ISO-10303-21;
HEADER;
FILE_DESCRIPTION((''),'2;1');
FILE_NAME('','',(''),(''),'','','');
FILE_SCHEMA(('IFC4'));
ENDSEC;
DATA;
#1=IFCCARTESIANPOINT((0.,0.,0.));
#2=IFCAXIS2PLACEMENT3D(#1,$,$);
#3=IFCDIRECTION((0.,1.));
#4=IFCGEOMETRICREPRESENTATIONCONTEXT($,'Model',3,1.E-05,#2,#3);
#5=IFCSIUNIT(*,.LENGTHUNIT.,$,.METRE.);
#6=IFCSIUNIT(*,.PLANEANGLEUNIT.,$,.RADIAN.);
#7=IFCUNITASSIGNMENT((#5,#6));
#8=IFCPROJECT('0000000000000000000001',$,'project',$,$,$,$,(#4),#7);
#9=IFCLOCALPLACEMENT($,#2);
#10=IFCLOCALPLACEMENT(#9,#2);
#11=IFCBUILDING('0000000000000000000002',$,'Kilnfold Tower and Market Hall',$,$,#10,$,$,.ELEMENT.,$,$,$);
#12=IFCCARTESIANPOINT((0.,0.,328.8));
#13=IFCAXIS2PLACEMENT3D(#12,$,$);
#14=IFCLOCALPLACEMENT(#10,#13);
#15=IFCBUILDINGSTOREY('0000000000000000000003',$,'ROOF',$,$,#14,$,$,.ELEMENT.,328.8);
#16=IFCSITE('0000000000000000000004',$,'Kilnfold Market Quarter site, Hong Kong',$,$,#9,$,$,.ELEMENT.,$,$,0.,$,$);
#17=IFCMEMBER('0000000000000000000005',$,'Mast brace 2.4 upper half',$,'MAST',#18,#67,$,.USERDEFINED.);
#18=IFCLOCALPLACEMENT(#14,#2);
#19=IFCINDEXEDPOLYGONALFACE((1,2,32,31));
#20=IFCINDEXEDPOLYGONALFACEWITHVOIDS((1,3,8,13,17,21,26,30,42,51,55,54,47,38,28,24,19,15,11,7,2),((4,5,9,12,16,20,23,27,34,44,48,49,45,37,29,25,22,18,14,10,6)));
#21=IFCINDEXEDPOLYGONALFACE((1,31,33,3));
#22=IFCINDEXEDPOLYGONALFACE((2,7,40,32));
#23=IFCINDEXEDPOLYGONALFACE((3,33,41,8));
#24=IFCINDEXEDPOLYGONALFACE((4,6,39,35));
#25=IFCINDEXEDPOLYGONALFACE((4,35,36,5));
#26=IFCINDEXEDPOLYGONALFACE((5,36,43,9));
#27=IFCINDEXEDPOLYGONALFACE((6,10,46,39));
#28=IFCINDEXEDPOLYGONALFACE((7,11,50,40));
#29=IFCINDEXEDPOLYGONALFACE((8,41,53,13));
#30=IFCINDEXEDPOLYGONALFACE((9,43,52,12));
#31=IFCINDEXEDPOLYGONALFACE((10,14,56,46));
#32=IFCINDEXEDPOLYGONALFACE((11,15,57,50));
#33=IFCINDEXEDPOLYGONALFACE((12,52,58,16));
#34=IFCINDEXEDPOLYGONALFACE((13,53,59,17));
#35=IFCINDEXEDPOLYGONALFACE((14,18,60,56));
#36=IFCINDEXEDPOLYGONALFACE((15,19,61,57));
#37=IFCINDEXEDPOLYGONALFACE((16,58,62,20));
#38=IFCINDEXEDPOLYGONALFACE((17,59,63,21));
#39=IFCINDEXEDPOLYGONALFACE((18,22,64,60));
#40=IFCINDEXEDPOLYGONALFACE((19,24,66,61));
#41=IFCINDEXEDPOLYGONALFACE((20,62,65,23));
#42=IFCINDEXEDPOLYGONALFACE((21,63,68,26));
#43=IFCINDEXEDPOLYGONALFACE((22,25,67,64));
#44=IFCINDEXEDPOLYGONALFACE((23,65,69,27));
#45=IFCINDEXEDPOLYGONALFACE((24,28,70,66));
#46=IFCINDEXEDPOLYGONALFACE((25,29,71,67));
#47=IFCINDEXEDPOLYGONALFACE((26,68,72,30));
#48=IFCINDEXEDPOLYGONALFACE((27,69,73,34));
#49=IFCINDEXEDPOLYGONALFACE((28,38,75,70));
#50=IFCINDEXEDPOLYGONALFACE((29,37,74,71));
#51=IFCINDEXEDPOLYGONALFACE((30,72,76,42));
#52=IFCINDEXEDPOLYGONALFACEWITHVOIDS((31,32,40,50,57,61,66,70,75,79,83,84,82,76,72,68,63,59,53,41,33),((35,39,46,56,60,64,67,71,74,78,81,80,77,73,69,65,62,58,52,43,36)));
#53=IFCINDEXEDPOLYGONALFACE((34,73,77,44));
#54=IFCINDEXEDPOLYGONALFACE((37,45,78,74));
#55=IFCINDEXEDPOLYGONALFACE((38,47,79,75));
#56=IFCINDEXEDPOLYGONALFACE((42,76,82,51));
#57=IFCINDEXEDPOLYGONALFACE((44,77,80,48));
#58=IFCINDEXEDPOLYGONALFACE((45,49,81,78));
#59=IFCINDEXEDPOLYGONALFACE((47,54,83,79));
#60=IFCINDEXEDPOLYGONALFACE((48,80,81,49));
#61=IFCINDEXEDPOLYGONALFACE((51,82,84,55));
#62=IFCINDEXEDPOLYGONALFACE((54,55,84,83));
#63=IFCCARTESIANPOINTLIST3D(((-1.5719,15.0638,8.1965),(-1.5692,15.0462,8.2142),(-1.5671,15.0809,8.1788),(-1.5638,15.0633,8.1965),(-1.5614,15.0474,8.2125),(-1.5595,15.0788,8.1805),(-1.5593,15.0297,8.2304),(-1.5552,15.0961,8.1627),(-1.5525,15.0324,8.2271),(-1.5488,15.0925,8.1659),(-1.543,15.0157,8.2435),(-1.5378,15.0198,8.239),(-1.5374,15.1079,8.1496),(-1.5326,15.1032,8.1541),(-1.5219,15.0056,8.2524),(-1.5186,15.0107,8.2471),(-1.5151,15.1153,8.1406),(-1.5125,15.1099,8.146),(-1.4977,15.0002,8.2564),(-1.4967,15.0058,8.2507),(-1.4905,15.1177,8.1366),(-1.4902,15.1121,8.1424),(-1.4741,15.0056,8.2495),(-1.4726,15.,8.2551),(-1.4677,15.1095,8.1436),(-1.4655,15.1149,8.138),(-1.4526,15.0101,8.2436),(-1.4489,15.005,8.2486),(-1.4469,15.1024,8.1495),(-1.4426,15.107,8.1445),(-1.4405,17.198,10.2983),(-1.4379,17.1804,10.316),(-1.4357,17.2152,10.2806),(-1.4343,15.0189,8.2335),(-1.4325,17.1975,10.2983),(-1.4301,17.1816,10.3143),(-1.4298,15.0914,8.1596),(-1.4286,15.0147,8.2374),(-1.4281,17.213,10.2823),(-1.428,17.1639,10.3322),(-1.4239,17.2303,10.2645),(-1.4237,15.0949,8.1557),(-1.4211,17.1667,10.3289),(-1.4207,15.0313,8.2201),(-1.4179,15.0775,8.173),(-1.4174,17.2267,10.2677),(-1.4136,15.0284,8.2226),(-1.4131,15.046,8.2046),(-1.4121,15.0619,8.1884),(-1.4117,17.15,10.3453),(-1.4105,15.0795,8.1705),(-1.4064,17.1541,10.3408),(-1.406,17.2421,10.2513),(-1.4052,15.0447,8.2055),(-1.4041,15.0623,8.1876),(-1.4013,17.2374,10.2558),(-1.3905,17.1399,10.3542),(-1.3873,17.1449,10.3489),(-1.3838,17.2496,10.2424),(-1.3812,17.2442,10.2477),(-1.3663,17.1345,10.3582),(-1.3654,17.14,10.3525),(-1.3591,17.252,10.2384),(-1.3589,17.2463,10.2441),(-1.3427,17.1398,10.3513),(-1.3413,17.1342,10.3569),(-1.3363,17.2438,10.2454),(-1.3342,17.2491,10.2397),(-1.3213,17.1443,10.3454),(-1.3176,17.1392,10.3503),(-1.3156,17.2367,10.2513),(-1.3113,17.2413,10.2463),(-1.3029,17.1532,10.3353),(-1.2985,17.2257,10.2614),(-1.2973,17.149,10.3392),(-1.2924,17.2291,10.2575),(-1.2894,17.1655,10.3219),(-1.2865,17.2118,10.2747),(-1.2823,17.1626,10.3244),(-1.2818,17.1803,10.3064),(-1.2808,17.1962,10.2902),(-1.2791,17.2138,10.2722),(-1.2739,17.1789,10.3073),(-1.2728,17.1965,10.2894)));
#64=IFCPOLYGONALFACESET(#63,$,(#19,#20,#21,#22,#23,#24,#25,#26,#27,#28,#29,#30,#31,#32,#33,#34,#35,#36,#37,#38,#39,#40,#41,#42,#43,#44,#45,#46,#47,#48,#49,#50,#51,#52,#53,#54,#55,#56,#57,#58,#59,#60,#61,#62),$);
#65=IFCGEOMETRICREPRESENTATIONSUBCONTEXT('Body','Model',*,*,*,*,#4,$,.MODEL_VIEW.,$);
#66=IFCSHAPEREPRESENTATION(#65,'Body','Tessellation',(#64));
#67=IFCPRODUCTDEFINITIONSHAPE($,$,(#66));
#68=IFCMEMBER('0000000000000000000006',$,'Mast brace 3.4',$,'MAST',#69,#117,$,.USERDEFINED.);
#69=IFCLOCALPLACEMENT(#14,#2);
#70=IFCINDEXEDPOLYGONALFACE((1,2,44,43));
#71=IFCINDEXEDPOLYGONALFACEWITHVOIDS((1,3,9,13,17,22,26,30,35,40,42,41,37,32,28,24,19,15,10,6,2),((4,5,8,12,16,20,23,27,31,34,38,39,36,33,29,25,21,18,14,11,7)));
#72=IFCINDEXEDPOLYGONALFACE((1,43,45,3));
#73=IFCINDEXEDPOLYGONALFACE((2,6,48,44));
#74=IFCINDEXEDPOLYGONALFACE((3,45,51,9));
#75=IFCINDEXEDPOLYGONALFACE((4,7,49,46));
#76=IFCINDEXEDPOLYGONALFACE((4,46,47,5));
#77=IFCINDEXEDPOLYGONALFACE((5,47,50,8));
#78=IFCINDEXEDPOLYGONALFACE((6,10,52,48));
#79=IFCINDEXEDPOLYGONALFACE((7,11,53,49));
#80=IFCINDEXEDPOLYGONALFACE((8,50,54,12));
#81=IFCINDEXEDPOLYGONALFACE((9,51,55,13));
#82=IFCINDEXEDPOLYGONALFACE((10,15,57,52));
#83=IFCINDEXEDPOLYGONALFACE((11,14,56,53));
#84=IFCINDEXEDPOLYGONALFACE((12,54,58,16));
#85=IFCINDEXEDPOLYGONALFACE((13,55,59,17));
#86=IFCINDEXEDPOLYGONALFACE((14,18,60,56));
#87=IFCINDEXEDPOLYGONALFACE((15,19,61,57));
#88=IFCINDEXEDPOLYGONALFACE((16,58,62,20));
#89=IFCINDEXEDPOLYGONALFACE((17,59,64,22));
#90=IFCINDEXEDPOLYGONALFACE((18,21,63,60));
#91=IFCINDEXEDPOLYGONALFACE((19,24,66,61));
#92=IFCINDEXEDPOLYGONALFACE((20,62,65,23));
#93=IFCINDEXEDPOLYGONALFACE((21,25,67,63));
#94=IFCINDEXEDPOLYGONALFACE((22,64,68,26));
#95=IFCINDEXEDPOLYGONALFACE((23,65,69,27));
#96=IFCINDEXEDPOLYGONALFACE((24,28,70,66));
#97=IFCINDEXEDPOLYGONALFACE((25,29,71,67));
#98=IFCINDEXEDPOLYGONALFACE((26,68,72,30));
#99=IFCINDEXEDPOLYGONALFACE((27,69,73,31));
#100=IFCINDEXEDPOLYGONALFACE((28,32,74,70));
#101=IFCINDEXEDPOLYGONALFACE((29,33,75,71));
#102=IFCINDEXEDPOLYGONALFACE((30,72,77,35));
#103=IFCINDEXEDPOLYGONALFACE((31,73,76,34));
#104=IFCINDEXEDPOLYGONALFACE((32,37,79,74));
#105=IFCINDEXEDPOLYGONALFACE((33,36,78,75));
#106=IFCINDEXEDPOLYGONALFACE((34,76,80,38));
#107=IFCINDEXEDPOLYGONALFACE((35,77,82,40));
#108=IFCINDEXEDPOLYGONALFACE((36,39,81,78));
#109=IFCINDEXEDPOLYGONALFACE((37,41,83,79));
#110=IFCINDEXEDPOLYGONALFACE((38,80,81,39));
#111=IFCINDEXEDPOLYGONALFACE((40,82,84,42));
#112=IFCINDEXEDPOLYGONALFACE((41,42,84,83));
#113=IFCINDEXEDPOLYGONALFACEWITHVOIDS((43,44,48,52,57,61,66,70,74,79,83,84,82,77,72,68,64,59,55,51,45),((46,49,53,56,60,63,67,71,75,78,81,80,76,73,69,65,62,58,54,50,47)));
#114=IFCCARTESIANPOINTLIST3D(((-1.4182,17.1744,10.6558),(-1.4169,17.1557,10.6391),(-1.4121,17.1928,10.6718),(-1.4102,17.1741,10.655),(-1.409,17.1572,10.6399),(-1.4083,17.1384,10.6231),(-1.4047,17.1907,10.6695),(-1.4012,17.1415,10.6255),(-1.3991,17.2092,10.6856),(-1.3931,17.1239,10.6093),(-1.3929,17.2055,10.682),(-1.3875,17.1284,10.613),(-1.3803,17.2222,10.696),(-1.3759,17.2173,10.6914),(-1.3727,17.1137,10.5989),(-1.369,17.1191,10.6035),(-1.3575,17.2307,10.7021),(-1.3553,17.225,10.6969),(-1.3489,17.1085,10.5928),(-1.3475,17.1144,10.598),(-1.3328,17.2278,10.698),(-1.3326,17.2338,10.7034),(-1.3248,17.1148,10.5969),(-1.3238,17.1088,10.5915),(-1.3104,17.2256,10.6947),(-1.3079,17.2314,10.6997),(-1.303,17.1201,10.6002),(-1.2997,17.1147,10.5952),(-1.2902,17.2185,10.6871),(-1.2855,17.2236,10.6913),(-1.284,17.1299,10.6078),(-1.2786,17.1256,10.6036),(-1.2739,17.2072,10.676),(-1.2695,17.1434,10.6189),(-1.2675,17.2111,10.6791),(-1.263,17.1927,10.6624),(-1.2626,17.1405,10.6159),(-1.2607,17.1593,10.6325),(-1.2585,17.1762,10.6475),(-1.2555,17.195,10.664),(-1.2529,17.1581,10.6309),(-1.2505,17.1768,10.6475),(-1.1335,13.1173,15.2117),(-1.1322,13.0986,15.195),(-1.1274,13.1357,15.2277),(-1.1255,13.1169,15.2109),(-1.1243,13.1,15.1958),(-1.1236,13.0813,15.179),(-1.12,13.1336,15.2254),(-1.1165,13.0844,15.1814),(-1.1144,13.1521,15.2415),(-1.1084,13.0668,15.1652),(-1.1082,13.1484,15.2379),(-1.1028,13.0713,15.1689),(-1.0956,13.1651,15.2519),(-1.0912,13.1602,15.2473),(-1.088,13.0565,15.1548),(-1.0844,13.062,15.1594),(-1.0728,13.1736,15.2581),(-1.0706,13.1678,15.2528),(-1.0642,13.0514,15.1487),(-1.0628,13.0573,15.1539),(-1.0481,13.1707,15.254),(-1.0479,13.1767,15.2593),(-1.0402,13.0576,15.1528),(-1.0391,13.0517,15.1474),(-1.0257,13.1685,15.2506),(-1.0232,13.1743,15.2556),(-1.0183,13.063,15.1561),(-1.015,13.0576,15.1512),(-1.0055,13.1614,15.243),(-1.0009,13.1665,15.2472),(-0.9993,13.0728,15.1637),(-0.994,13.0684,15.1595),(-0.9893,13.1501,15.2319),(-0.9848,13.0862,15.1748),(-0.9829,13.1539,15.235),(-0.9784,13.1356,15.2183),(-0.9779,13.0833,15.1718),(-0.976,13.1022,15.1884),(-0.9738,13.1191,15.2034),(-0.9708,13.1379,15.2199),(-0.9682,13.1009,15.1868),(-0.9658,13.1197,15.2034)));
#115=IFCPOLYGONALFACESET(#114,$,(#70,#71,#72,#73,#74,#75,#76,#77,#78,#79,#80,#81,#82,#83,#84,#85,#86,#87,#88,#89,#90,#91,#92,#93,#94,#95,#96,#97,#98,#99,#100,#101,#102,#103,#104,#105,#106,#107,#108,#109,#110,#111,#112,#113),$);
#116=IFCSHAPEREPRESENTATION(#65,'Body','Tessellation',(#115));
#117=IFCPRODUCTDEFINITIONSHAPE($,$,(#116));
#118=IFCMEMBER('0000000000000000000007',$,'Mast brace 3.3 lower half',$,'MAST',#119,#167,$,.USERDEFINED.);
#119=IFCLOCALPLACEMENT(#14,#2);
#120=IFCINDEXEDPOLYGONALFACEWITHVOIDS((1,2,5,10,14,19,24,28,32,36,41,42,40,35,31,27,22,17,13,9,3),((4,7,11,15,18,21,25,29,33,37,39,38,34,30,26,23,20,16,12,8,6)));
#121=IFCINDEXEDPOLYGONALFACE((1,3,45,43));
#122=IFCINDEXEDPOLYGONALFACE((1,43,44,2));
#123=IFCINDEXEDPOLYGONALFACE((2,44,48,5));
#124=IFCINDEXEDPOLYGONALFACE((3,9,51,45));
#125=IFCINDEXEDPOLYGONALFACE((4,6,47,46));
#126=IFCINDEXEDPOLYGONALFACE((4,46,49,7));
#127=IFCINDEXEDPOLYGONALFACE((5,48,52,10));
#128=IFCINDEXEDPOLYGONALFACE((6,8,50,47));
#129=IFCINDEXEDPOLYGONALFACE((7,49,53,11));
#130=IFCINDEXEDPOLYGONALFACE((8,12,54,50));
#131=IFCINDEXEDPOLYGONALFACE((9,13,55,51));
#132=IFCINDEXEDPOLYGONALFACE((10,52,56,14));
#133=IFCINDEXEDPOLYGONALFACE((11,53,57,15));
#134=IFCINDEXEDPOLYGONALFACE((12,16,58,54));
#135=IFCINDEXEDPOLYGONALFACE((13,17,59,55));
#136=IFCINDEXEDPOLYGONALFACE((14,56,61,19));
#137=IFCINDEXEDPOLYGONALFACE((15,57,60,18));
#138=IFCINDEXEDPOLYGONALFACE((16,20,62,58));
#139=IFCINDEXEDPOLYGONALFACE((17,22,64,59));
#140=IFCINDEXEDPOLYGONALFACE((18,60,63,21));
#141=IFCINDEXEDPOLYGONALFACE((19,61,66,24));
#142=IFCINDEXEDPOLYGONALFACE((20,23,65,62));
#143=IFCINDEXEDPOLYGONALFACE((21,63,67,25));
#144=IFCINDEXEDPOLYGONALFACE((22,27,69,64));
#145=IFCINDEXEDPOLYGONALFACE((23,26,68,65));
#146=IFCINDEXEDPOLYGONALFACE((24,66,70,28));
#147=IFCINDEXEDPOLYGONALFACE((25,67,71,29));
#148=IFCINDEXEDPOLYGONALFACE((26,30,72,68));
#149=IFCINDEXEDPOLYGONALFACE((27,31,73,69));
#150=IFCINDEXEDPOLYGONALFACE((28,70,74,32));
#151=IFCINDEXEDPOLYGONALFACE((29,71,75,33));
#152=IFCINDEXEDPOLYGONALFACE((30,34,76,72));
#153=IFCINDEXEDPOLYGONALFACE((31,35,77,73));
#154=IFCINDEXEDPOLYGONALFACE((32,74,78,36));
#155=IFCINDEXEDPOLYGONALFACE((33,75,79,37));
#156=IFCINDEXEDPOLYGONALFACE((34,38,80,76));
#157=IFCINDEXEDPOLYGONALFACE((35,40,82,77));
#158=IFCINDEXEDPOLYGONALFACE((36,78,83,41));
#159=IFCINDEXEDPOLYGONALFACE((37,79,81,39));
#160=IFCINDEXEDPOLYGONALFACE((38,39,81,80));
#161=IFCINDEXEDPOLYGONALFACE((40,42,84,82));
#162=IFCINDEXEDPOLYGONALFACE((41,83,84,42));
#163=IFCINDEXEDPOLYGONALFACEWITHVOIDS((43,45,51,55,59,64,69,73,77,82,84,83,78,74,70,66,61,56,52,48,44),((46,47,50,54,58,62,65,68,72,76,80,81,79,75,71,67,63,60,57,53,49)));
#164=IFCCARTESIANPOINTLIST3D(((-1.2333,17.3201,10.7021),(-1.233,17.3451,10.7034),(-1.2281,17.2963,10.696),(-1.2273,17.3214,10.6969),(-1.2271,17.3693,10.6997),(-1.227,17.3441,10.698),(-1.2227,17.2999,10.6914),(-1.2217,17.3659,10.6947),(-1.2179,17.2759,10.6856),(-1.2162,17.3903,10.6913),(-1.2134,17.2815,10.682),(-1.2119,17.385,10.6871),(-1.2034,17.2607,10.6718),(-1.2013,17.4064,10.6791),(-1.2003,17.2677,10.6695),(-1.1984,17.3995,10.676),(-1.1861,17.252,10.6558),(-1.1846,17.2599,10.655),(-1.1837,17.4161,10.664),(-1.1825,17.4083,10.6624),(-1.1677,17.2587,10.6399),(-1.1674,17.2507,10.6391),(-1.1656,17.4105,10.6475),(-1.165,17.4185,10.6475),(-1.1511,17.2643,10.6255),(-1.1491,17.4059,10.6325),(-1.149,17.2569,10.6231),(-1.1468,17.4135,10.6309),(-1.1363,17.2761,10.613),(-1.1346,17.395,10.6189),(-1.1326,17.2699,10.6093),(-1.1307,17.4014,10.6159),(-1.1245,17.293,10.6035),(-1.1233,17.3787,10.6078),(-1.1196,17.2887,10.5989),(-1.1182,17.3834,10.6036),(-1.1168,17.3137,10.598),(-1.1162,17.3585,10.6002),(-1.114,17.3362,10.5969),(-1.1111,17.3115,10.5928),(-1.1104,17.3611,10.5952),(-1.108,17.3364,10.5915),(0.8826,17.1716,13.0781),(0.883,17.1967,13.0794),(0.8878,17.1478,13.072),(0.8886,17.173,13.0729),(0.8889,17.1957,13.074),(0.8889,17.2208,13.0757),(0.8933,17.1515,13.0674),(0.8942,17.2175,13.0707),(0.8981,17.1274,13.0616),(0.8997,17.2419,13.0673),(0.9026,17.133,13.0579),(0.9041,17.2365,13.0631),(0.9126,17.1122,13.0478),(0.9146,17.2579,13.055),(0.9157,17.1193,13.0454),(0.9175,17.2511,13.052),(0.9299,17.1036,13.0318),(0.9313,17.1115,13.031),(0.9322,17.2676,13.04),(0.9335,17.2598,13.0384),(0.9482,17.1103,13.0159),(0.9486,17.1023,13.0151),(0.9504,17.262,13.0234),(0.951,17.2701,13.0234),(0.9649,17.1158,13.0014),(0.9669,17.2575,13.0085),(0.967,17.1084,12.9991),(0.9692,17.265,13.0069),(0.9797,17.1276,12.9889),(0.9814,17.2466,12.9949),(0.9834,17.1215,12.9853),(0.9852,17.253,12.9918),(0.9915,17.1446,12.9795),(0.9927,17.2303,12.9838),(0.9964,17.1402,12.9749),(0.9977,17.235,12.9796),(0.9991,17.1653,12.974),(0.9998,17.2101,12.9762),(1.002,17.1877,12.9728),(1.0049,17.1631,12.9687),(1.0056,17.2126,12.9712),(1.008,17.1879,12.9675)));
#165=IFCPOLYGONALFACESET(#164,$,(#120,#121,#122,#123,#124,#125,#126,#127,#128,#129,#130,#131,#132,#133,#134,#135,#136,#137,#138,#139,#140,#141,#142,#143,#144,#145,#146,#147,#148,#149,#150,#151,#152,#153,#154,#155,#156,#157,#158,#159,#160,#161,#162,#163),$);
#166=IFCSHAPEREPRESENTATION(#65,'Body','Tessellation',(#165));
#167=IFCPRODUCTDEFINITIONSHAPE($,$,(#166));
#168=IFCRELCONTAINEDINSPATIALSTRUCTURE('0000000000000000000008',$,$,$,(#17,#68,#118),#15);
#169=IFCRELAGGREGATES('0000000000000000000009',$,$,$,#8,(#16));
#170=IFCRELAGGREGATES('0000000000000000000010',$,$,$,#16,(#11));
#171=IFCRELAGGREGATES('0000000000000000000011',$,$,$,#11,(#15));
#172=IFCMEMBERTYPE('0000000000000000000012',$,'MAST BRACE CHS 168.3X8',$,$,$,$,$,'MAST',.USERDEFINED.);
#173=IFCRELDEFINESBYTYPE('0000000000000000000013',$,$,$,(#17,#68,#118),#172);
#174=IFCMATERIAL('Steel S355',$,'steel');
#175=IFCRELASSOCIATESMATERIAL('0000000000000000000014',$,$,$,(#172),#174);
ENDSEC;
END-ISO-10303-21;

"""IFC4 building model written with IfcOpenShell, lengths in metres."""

from ifc_helpers import new_model, si_unit, direction, frame, origin, origin_2d, place, context, subcontext, project, spatial, hollow_circle, extrude, source, transform, mapped, material, material_profile, profile_set, type_object, element, save


model = new_model("IFC4")

# Units and contexts
model_context = context("Model", 3, precision=1e-05, world=origin(), true_north=direction((0.0, 1.0)))
body_context = subcontext(model_context, "Body", "Model", "MODEL_VIEW")
ifc_project = project(units=[si_unit("LENGTHUNIT", "METRE"), si_unit("PLANEANGLEUNIT", "RADIAN")], contexts=[model_context])

# Site, building, storey
site_placement = place(None, origin())
site = spatial("IfcSite", under=ifc_project, at=site_placement, Name="Kilnfold Market Quarter site, Hong Kong", CompositionType="ELEMENT", RefElevation=0.0)
building_placement = place(site_placement, origin())
building = spatial("IfcBuilding", under=site, at=building_placement, Name="Kilnfold Tower and Market Hall", CompositionType="ELEMENT")
storey_placement = place(building_placement, frame((0.0, 0.0, 328.8)))
storey = spatial("IfcBuildingStorey", under=building, at=storey_placement, Name="ROOF", CompositionType="ELEMENT", Elevation=328.8)

# Members
ifc_material_1 = material(Name="Steel S355", Category="steel")
ifc_material_profile_1 = material_profile(ifc_material_1, hollow_circle(Radius=0.0842, WallThickness=0.0081, at=origin_2d()), Name="CHS 168.3x8")
ifc_profile_set_1 = profile_set([ifc_material_profile_1], Name="Steel S355")
member_type_1 = type_object("IfcMemberType", Name="MAST BRACE CHS 168.3X8", ElementType="MAST", PredefinedType="USERDEFINED", material=ifc_profile_set_1)
shared_shape_1 = source(origin(), body_context, "Body", "SweptSolid", [
    extrude(hollow_circle(Radius=0.0842, WallThickness=0.0081, at=origin_2d()), origin(), (0.0, 0.0, 1.0), 2.9983),
])
member_1_placement = place(storey_placement, frame((-1.4878, 15.0586, 8.1965), z_axis=(0.043807, 0.711822, 0.700992), x_axis=(-0.998112, 0.061426, 0.0)))
element("IfcMember", 1, at=member_1_placement, inside=storey, type_object=member_type_1, Name="Mast brace 2.4 upper half", ObjectType="MAST", PredefinedType="USERDEFINED", context=body_context, shape_type="MappedRepresentation", body=[
    mapped(shared_shape_1, transform((0.0, 0.0, 0.0))),
])
shared_shape_2 = source(origin(), body_context, "Body", "SweptSolid", [
    extrude(hollow_circle(Radius=0.0842, WallThickness=0.0081, at=origin_2d()), origin(), (0.0, 0.0, 1.0), 6.1072),
])
member_2_placement = place(storey_placement, frame((-1.3345, 17.1709, 10.6475), z_axis=(0.046612, -0.664321, 0.745992), x_axis=(0.997547, 0.069993, 0.0)))
element("IfcMember", 2, at=member_2_placement, inside=storey, type_object=member_type_1, Name="Mast brace 3.4", ObjectType="MAST", PredefinedType="USERDEFINED", context=body_context, shape_type="MappedRepresentation", body=[
    mapped(shared_shape_2, transform((0.0, 0.0, 0.0))),
])
shared_shape_3 = source(origin(), body_context, "Body", "SweptSolid", [
    extrude(hollow_circle(Radius=0.0842, WallThickness=0.0081, at=origin_2d()), origin(), (0.0, 0.0, 1.0), 3.1851),
])
member_3_placement = place(storey_placement, frame((-1.1709, 17.3345, 10.6475), z_axis=(0.664341, -0.046604, 0.745975), x_axis=(0.069979, 0.997548, 0.0)))
element("IfcMember", 3, at=member_3_placement, inside=storey, type_object=member_type_1, Name="Mast brace 3.3 lower half", ObjectType="MAST", PredefinedType="USERDEFINED", context=body_context, shape_type="MappedRepresentation", body=[
    mapped(shared_shape_3, transform((0.0, 0.0, 0.0))),
])

save(model, "model.ifc")
